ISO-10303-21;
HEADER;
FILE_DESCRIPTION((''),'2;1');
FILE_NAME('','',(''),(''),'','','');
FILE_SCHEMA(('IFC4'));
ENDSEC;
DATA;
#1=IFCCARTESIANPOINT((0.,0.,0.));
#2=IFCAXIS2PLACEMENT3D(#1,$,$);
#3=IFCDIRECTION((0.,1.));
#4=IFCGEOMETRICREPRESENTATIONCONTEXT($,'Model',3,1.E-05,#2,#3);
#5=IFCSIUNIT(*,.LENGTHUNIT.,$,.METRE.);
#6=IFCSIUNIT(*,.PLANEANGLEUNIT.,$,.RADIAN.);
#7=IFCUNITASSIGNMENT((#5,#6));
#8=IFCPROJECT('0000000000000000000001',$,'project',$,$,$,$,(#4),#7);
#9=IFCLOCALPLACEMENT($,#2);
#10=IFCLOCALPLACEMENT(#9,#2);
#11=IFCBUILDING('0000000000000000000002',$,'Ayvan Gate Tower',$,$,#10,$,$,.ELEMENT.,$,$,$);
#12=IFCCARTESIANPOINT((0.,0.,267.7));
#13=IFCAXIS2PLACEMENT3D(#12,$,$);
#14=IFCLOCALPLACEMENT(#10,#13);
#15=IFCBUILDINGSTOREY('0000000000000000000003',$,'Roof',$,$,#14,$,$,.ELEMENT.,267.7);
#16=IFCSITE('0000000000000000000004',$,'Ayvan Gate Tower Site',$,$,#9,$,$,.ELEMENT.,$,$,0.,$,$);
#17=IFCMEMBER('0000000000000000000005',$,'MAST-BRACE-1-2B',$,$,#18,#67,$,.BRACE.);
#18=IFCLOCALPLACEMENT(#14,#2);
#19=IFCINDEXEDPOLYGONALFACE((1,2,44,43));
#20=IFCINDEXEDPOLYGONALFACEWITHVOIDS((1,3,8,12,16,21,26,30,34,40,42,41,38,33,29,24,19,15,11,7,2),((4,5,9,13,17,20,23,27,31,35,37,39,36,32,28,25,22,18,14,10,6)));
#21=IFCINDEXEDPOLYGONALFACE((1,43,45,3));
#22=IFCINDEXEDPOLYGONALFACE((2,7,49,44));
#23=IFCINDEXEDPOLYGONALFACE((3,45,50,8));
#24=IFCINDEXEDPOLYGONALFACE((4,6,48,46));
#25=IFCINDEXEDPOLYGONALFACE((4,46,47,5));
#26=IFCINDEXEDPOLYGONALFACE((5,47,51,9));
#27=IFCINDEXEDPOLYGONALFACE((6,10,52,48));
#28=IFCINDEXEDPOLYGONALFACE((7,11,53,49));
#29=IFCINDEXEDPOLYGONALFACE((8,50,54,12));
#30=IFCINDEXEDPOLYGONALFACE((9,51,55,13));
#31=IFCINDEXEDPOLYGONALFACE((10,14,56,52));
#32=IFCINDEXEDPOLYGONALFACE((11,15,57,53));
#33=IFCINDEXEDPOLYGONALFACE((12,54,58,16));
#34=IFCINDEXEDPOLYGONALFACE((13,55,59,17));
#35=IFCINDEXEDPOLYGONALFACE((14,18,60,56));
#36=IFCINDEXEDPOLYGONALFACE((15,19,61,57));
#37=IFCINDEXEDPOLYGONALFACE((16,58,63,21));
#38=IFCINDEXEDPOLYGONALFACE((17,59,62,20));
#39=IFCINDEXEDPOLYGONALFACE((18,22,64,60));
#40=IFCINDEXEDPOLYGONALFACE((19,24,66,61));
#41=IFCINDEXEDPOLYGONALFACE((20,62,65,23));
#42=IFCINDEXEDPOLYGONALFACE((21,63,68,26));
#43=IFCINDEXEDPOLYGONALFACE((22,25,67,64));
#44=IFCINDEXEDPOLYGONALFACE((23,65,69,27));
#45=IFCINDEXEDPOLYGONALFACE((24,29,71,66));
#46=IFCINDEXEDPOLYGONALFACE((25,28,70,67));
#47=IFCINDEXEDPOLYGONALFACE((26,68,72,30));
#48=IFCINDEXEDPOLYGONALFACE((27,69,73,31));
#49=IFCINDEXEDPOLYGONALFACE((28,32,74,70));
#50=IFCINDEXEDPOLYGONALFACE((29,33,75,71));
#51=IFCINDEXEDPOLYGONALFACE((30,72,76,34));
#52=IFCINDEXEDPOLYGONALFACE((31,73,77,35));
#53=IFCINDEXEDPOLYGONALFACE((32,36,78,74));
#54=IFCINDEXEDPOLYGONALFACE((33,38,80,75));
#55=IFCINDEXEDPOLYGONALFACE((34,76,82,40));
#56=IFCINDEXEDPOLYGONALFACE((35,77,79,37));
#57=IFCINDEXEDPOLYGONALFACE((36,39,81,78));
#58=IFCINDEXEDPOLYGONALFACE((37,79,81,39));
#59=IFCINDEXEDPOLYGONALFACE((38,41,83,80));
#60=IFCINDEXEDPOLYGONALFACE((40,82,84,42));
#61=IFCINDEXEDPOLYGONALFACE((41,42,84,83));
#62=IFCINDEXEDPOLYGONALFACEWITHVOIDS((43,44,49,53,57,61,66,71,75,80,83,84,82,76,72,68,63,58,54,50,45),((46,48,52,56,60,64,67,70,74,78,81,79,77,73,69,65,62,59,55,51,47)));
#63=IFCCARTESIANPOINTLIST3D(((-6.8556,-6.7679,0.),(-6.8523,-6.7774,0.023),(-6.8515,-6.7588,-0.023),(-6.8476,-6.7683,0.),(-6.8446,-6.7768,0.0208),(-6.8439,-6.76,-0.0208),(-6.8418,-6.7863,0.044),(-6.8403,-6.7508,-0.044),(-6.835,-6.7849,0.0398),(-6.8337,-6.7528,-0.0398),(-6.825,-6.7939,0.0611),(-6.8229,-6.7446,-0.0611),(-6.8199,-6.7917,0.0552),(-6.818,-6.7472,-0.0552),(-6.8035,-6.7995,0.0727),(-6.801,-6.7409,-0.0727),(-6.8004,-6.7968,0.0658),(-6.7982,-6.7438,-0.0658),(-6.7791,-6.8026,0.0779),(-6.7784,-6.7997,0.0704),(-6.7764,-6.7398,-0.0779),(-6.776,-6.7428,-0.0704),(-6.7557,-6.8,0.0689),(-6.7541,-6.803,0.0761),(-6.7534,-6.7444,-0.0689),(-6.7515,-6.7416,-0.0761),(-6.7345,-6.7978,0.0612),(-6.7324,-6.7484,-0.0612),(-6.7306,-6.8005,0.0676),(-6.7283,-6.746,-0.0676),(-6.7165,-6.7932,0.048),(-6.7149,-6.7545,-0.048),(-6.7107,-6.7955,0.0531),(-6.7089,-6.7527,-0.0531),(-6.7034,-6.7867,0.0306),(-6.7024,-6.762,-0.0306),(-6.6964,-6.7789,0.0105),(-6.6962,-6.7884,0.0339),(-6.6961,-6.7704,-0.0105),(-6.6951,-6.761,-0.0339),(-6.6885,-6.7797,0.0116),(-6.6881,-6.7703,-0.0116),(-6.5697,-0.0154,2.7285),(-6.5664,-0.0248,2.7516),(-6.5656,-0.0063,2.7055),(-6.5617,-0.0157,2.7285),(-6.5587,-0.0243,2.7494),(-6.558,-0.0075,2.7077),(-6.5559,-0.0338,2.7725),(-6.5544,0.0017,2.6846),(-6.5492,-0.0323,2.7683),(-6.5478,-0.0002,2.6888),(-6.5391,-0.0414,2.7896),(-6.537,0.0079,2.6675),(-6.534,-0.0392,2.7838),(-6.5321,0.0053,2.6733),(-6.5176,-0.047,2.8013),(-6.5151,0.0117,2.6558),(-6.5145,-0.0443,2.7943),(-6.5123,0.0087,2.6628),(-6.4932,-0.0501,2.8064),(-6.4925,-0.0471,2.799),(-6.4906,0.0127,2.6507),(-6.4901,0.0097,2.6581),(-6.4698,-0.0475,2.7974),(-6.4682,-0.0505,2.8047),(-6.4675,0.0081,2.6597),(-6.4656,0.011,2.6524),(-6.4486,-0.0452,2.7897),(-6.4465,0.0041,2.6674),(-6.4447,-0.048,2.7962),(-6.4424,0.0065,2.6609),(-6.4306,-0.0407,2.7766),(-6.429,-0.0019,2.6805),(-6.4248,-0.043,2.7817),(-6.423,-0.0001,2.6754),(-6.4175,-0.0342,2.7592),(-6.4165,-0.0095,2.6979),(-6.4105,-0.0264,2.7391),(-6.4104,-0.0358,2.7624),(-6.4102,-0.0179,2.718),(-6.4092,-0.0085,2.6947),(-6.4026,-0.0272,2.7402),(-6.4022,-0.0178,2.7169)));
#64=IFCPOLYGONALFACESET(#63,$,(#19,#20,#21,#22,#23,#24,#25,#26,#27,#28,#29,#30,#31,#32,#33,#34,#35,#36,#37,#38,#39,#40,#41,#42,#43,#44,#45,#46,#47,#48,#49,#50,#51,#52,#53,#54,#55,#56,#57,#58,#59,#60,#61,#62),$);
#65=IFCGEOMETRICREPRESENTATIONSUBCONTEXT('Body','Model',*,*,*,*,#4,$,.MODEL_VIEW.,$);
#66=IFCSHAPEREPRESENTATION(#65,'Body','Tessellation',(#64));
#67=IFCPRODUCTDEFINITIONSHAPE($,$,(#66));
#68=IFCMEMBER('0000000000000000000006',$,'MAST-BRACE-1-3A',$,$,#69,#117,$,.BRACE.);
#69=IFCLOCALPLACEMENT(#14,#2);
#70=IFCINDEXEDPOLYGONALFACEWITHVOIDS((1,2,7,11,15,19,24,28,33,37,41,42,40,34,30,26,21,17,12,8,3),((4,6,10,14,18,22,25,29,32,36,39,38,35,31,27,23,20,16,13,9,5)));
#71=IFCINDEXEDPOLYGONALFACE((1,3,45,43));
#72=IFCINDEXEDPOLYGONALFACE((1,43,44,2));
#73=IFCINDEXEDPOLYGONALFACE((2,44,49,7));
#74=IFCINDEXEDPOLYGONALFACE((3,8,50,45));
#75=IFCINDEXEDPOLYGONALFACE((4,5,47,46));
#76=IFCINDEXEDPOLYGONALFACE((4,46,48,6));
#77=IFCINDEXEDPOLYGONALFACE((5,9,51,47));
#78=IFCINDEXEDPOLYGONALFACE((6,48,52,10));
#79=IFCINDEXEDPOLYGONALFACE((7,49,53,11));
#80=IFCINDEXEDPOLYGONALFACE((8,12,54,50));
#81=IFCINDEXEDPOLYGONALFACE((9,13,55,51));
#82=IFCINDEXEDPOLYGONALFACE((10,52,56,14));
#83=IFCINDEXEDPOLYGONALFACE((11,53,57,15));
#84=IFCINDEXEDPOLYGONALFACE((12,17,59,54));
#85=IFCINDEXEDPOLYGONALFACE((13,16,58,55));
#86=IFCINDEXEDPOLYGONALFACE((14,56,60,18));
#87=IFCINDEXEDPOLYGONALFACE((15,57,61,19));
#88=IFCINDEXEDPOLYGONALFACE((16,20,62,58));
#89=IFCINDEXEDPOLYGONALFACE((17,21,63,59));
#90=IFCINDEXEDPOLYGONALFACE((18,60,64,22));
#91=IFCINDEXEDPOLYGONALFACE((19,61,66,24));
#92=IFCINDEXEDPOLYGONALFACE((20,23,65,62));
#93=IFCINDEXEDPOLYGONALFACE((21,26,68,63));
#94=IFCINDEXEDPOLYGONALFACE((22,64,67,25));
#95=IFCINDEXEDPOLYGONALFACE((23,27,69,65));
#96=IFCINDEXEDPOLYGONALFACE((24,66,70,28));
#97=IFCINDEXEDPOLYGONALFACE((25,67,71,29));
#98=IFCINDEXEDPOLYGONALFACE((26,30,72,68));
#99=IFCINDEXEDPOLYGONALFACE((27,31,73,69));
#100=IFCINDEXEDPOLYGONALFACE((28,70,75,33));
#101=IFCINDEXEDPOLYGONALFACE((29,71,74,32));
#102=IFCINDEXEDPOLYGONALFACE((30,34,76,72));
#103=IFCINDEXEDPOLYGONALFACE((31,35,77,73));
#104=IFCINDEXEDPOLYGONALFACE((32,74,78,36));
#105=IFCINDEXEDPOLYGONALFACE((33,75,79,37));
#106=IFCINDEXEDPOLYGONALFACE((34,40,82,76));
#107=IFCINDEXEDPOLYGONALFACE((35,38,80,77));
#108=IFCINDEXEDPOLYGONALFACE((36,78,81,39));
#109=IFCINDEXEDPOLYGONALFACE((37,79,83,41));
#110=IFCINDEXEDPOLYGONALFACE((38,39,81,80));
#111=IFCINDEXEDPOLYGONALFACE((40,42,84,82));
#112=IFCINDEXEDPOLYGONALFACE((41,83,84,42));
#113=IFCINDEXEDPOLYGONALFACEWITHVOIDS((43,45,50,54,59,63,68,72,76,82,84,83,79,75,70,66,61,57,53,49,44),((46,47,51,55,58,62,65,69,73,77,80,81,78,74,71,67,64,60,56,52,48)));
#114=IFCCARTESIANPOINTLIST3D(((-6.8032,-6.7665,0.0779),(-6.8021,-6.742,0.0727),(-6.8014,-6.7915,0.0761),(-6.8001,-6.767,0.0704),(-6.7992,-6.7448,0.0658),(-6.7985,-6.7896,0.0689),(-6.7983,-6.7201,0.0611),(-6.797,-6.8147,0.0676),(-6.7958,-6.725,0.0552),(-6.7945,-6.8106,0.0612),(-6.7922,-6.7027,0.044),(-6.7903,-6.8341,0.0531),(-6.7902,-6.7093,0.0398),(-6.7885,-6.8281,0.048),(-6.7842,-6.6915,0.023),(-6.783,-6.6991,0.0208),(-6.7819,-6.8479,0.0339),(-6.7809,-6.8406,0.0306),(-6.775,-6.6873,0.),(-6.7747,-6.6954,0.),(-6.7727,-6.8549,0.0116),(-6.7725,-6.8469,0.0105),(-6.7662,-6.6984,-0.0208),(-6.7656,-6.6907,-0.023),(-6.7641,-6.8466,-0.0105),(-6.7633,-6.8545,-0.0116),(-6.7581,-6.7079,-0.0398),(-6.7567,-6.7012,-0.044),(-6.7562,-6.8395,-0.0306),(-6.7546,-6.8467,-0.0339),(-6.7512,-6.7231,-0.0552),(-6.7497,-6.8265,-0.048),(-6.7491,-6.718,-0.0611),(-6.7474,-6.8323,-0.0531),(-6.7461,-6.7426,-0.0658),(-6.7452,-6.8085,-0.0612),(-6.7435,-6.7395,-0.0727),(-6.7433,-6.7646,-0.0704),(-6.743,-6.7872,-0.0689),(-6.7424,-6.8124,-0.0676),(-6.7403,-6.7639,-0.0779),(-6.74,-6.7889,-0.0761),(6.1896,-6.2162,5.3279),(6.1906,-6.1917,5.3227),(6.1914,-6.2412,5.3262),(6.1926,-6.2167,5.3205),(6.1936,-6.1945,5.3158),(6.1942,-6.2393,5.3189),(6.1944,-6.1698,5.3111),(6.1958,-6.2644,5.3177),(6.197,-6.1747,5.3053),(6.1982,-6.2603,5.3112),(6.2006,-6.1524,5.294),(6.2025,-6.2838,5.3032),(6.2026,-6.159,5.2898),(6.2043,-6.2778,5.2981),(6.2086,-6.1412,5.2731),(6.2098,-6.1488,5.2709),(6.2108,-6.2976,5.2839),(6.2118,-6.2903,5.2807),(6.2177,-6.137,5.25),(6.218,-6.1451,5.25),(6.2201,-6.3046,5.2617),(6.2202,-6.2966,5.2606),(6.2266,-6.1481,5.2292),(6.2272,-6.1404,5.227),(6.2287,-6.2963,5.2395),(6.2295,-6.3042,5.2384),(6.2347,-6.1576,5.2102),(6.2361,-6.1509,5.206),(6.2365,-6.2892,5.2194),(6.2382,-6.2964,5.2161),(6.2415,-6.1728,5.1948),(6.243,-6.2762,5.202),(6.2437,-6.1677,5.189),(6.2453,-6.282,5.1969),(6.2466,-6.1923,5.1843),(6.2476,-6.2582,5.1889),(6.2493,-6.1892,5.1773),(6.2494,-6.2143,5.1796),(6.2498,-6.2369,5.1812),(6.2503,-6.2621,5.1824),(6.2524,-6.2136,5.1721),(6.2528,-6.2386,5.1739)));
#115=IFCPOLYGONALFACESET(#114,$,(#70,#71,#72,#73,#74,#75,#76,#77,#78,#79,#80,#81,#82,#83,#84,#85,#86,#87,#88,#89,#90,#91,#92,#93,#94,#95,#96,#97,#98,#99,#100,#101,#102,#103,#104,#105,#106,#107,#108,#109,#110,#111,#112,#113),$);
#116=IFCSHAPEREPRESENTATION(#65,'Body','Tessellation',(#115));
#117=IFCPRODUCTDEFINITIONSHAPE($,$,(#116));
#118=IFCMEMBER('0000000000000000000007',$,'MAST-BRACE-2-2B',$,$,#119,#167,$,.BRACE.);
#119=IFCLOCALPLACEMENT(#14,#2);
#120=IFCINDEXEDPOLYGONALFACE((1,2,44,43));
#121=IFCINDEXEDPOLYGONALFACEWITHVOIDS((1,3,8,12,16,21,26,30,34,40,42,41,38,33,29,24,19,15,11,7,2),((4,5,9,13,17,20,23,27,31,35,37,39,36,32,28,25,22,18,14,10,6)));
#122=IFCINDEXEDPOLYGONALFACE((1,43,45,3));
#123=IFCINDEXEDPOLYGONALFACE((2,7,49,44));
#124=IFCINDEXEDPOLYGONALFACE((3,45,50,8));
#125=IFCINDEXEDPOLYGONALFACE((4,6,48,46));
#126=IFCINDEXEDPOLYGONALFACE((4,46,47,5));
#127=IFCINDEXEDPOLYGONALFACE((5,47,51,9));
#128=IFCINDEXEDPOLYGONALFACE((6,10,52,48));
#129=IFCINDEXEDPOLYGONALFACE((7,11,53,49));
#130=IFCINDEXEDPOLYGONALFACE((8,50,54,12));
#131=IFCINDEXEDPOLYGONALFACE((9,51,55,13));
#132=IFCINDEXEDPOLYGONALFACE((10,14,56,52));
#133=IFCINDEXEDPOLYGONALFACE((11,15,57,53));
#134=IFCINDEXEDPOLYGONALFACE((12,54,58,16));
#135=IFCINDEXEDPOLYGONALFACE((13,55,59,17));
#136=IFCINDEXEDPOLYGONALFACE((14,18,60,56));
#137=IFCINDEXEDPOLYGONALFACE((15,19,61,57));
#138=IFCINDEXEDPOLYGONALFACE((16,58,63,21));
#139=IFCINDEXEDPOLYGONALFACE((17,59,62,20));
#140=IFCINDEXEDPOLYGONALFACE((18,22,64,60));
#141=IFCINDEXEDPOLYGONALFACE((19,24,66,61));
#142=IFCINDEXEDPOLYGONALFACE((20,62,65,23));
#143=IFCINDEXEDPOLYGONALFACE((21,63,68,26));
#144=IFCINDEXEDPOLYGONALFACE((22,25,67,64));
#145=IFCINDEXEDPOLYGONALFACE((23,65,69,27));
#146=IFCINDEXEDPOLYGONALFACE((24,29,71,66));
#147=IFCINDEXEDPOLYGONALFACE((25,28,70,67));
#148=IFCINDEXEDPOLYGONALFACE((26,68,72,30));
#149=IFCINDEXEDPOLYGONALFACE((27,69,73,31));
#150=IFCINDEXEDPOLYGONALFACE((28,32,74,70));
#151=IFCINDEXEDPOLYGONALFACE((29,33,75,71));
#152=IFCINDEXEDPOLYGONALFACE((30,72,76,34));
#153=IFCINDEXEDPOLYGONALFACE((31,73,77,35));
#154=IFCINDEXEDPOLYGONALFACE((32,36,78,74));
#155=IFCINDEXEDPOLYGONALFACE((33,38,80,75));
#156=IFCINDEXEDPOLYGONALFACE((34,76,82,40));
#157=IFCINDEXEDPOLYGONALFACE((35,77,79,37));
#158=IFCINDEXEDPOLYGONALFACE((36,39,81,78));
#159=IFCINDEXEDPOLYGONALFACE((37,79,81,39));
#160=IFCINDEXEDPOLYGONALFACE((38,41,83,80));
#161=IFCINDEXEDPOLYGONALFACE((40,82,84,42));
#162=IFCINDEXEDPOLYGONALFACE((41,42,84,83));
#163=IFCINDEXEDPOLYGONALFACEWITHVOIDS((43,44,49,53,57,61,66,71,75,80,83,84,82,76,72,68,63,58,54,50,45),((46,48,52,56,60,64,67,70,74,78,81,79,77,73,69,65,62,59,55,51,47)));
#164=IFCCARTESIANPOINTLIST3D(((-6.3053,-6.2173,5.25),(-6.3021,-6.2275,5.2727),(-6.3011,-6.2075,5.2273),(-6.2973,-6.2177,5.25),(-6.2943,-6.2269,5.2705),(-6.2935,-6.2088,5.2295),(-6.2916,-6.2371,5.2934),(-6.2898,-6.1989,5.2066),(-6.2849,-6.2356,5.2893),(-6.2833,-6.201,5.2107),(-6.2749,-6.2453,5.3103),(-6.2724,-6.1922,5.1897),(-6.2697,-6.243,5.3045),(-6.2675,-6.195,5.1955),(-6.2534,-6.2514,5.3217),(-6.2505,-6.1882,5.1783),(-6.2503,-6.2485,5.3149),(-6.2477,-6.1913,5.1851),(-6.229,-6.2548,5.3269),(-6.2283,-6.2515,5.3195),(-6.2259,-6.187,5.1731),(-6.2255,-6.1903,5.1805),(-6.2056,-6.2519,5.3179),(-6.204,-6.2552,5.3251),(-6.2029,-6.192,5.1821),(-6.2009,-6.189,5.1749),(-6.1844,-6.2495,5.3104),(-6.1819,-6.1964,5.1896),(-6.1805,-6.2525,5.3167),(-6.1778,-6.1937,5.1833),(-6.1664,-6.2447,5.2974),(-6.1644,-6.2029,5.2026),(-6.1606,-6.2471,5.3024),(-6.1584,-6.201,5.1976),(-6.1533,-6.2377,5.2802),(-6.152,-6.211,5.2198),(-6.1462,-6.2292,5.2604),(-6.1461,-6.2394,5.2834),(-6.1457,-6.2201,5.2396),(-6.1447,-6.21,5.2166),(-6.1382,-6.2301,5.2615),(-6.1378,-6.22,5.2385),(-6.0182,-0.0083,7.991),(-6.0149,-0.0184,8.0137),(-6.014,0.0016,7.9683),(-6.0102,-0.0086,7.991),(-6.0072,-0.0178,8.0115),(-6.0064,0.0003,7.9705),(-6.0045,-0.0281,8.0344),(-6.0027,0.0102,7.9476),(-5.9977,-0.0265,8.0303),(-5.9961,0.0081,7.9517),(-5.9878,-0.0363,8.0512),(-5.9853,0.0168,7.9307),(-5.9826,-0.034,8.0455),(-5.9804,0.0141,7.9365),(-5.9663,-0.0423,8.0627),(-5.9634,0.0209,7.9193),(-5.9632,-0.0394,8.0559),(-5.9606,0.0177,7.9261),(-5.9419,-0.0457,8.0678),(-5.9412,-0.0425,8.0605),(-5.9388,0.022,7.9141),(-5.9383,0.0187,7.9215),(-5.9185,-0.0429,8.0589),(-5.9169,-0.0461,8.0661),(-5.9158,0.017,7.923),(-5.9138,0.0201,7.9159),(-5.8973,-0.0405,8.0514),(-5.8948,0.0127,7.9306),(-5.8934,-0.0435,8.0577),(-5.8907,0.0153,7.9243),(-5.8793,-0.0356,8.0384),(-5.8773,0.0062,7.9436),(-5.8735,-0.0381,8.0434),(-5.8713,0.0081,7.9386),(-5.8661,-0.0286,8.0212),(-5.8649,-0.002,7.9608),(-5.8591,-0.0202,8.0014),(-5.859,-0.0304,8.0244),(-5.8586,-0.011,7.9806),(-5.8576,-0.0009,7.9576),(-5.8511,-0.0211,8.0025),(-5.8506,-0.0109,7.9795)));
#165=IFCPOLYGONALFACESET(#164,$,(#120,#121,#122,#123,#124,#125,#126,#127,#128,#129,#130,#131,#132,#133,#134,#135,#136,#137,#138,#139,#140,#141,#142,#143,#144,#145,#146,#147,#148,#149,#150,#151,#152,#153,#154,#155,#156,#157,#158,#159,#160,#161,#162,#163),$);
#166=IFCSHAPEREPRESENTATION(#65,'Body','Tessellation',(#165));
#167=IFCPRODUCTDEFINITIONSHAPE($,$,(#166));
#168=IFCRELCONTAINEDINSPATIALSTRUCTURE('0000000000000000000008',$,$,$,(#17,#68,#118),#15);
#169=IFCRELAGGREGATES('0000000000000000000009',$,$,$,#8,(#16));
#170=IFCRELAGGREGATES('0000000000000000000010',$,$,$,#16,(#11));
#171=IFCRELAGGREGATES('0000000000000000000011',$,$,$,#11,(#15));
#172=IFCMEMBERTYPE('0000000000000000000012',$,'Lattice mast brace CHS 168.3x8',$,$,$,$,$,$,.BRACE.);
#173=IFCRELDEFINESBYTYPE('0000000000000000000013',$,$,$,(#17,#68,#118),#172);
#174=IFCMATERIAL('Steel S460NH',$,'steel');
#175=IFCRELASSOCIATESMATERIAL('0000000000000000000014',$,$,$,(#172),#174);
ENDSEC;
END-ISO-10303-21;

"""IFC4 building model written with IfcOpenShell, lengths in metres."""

from ifc_helpers import new_model, si_unit, direction, frame, origin, origin_2d, place, context, subcontext, project, spatial, hollow_circle, extrude, material, material_profile, profile_set, type_object, element, save


model = new_model("IFC4")

# Units and contexts
model_context = context("Model", 3, precision=1e-05, world=origin(), true_north=direction((0.0, 1.0)))
body_context = subcontext(model_context, "Body", "Model", "MODEL_VIEW")
ifc_project = project(units=[si_unit("LENGTHUNIT", "METRE"), si_unit("PLANEANGLEUNIT", "RADIAN")], contexts=[model_context])

# Site, building, storey
site_placement = place(None, origin())
site = spatial("IfcSite", under=ifc_project, at=site_placement, Name="Ayvan Gate Tower Site", CompositionType="ELEMENT", RefElevation=0.0)
building_placement = place(site_placement, origin())
building = spatial("IfcBuilding", under=site, at=building_placement, Name="Ayvan Gate Tower", CompositionType="ELEMENT")
storey_placement = place(building_placement, frame((0.0, 0.0, 267.7)))
storey = spatial("IfcBuildingStorey", under=building, at=storey_placement, Name="Roof", CompositionType="ELEMENT", Elevation=267.7)

# Members
ifc_material_1 = material(Name="Steel S460NH", Category="steel")
ifc_material_profile_1 = material_profile(ifc_material_1, hollow_circle(Radius=0.0842, WallThickness=0.0081, at=origin_2d()), Name="CHS 168.3x8")
ifc_profile_set_1 = profile_set([ifc_material_profile_1], Name="Steel S460NH")
member_type_1 = type_object("IfcMemberType", Name="Lattice mast brace CHS 168.3x8", PredefinedType="BRACE", material=ifc_profile_set_1)
member_1_placement = place(storey_placement, frame((-6.7715, -6.7715, 0.0), z_axis=(0.039225, 0.926454, 0.37436), x_axis=(-0.999105, 0.042301, 0.0)))
element("IfcMember", 1, at=member_1_placement, inside=storey, type_object=member_type_1, Name="MAST-BRACE-1-2B", PredefinedType="BRACE", context=body_context, shape_type="SweptSolid", body=[
    extrude(hollow_circle(Radius=0.0842, WallThickness=0.0081, at=origin_2d()), origin(), (0.0, 0.0, 1.0), 7.2886),
])
member_2_placement = place(storey_placement, frame((-6.7715, -6.7715, 0.0), z_axis=(0.926454, 0.039239, 0.374356), x_axis=(-0.042316, 0.999104, 0.0)))
element("IfcMember", 2, at=member_2_placement, inside=storey, type_object=member_type_1, Name="MAST-BRACE-1-3A", PredefinedType="BRACE", context=body_context, shape_type="SweptSolid", body=[
    extrude(hollow_circle(Radius=0.0842, WallThickness=0.0081, at=origin_2d()), origin(), (0.0, 0.0, 1.0), 14.0242),
])
member_3_placement = place(storey_placement, frame((-6.2212, -6.2212, 5.25), z_axis=(0.042265, 0.914007, 0.40349), x_axis=(-0.998933, 0.046192, 0.0)))
element("IfcMember", 3, at=member_3_placement, inside=storey, type_object=member_type_1, Name="MAST-BRACE-2-2B", PredefinedType="BRACE", context=body_context, shape_type="SweptSolid", body=[
    extrude(hollow_circle(Radius=0.0842, WallThickness=0.0081, at=origin_2d()), origin(), (0.0, 0.0, 1.0), 6.7932),
])

save(model, "model.ifc")
